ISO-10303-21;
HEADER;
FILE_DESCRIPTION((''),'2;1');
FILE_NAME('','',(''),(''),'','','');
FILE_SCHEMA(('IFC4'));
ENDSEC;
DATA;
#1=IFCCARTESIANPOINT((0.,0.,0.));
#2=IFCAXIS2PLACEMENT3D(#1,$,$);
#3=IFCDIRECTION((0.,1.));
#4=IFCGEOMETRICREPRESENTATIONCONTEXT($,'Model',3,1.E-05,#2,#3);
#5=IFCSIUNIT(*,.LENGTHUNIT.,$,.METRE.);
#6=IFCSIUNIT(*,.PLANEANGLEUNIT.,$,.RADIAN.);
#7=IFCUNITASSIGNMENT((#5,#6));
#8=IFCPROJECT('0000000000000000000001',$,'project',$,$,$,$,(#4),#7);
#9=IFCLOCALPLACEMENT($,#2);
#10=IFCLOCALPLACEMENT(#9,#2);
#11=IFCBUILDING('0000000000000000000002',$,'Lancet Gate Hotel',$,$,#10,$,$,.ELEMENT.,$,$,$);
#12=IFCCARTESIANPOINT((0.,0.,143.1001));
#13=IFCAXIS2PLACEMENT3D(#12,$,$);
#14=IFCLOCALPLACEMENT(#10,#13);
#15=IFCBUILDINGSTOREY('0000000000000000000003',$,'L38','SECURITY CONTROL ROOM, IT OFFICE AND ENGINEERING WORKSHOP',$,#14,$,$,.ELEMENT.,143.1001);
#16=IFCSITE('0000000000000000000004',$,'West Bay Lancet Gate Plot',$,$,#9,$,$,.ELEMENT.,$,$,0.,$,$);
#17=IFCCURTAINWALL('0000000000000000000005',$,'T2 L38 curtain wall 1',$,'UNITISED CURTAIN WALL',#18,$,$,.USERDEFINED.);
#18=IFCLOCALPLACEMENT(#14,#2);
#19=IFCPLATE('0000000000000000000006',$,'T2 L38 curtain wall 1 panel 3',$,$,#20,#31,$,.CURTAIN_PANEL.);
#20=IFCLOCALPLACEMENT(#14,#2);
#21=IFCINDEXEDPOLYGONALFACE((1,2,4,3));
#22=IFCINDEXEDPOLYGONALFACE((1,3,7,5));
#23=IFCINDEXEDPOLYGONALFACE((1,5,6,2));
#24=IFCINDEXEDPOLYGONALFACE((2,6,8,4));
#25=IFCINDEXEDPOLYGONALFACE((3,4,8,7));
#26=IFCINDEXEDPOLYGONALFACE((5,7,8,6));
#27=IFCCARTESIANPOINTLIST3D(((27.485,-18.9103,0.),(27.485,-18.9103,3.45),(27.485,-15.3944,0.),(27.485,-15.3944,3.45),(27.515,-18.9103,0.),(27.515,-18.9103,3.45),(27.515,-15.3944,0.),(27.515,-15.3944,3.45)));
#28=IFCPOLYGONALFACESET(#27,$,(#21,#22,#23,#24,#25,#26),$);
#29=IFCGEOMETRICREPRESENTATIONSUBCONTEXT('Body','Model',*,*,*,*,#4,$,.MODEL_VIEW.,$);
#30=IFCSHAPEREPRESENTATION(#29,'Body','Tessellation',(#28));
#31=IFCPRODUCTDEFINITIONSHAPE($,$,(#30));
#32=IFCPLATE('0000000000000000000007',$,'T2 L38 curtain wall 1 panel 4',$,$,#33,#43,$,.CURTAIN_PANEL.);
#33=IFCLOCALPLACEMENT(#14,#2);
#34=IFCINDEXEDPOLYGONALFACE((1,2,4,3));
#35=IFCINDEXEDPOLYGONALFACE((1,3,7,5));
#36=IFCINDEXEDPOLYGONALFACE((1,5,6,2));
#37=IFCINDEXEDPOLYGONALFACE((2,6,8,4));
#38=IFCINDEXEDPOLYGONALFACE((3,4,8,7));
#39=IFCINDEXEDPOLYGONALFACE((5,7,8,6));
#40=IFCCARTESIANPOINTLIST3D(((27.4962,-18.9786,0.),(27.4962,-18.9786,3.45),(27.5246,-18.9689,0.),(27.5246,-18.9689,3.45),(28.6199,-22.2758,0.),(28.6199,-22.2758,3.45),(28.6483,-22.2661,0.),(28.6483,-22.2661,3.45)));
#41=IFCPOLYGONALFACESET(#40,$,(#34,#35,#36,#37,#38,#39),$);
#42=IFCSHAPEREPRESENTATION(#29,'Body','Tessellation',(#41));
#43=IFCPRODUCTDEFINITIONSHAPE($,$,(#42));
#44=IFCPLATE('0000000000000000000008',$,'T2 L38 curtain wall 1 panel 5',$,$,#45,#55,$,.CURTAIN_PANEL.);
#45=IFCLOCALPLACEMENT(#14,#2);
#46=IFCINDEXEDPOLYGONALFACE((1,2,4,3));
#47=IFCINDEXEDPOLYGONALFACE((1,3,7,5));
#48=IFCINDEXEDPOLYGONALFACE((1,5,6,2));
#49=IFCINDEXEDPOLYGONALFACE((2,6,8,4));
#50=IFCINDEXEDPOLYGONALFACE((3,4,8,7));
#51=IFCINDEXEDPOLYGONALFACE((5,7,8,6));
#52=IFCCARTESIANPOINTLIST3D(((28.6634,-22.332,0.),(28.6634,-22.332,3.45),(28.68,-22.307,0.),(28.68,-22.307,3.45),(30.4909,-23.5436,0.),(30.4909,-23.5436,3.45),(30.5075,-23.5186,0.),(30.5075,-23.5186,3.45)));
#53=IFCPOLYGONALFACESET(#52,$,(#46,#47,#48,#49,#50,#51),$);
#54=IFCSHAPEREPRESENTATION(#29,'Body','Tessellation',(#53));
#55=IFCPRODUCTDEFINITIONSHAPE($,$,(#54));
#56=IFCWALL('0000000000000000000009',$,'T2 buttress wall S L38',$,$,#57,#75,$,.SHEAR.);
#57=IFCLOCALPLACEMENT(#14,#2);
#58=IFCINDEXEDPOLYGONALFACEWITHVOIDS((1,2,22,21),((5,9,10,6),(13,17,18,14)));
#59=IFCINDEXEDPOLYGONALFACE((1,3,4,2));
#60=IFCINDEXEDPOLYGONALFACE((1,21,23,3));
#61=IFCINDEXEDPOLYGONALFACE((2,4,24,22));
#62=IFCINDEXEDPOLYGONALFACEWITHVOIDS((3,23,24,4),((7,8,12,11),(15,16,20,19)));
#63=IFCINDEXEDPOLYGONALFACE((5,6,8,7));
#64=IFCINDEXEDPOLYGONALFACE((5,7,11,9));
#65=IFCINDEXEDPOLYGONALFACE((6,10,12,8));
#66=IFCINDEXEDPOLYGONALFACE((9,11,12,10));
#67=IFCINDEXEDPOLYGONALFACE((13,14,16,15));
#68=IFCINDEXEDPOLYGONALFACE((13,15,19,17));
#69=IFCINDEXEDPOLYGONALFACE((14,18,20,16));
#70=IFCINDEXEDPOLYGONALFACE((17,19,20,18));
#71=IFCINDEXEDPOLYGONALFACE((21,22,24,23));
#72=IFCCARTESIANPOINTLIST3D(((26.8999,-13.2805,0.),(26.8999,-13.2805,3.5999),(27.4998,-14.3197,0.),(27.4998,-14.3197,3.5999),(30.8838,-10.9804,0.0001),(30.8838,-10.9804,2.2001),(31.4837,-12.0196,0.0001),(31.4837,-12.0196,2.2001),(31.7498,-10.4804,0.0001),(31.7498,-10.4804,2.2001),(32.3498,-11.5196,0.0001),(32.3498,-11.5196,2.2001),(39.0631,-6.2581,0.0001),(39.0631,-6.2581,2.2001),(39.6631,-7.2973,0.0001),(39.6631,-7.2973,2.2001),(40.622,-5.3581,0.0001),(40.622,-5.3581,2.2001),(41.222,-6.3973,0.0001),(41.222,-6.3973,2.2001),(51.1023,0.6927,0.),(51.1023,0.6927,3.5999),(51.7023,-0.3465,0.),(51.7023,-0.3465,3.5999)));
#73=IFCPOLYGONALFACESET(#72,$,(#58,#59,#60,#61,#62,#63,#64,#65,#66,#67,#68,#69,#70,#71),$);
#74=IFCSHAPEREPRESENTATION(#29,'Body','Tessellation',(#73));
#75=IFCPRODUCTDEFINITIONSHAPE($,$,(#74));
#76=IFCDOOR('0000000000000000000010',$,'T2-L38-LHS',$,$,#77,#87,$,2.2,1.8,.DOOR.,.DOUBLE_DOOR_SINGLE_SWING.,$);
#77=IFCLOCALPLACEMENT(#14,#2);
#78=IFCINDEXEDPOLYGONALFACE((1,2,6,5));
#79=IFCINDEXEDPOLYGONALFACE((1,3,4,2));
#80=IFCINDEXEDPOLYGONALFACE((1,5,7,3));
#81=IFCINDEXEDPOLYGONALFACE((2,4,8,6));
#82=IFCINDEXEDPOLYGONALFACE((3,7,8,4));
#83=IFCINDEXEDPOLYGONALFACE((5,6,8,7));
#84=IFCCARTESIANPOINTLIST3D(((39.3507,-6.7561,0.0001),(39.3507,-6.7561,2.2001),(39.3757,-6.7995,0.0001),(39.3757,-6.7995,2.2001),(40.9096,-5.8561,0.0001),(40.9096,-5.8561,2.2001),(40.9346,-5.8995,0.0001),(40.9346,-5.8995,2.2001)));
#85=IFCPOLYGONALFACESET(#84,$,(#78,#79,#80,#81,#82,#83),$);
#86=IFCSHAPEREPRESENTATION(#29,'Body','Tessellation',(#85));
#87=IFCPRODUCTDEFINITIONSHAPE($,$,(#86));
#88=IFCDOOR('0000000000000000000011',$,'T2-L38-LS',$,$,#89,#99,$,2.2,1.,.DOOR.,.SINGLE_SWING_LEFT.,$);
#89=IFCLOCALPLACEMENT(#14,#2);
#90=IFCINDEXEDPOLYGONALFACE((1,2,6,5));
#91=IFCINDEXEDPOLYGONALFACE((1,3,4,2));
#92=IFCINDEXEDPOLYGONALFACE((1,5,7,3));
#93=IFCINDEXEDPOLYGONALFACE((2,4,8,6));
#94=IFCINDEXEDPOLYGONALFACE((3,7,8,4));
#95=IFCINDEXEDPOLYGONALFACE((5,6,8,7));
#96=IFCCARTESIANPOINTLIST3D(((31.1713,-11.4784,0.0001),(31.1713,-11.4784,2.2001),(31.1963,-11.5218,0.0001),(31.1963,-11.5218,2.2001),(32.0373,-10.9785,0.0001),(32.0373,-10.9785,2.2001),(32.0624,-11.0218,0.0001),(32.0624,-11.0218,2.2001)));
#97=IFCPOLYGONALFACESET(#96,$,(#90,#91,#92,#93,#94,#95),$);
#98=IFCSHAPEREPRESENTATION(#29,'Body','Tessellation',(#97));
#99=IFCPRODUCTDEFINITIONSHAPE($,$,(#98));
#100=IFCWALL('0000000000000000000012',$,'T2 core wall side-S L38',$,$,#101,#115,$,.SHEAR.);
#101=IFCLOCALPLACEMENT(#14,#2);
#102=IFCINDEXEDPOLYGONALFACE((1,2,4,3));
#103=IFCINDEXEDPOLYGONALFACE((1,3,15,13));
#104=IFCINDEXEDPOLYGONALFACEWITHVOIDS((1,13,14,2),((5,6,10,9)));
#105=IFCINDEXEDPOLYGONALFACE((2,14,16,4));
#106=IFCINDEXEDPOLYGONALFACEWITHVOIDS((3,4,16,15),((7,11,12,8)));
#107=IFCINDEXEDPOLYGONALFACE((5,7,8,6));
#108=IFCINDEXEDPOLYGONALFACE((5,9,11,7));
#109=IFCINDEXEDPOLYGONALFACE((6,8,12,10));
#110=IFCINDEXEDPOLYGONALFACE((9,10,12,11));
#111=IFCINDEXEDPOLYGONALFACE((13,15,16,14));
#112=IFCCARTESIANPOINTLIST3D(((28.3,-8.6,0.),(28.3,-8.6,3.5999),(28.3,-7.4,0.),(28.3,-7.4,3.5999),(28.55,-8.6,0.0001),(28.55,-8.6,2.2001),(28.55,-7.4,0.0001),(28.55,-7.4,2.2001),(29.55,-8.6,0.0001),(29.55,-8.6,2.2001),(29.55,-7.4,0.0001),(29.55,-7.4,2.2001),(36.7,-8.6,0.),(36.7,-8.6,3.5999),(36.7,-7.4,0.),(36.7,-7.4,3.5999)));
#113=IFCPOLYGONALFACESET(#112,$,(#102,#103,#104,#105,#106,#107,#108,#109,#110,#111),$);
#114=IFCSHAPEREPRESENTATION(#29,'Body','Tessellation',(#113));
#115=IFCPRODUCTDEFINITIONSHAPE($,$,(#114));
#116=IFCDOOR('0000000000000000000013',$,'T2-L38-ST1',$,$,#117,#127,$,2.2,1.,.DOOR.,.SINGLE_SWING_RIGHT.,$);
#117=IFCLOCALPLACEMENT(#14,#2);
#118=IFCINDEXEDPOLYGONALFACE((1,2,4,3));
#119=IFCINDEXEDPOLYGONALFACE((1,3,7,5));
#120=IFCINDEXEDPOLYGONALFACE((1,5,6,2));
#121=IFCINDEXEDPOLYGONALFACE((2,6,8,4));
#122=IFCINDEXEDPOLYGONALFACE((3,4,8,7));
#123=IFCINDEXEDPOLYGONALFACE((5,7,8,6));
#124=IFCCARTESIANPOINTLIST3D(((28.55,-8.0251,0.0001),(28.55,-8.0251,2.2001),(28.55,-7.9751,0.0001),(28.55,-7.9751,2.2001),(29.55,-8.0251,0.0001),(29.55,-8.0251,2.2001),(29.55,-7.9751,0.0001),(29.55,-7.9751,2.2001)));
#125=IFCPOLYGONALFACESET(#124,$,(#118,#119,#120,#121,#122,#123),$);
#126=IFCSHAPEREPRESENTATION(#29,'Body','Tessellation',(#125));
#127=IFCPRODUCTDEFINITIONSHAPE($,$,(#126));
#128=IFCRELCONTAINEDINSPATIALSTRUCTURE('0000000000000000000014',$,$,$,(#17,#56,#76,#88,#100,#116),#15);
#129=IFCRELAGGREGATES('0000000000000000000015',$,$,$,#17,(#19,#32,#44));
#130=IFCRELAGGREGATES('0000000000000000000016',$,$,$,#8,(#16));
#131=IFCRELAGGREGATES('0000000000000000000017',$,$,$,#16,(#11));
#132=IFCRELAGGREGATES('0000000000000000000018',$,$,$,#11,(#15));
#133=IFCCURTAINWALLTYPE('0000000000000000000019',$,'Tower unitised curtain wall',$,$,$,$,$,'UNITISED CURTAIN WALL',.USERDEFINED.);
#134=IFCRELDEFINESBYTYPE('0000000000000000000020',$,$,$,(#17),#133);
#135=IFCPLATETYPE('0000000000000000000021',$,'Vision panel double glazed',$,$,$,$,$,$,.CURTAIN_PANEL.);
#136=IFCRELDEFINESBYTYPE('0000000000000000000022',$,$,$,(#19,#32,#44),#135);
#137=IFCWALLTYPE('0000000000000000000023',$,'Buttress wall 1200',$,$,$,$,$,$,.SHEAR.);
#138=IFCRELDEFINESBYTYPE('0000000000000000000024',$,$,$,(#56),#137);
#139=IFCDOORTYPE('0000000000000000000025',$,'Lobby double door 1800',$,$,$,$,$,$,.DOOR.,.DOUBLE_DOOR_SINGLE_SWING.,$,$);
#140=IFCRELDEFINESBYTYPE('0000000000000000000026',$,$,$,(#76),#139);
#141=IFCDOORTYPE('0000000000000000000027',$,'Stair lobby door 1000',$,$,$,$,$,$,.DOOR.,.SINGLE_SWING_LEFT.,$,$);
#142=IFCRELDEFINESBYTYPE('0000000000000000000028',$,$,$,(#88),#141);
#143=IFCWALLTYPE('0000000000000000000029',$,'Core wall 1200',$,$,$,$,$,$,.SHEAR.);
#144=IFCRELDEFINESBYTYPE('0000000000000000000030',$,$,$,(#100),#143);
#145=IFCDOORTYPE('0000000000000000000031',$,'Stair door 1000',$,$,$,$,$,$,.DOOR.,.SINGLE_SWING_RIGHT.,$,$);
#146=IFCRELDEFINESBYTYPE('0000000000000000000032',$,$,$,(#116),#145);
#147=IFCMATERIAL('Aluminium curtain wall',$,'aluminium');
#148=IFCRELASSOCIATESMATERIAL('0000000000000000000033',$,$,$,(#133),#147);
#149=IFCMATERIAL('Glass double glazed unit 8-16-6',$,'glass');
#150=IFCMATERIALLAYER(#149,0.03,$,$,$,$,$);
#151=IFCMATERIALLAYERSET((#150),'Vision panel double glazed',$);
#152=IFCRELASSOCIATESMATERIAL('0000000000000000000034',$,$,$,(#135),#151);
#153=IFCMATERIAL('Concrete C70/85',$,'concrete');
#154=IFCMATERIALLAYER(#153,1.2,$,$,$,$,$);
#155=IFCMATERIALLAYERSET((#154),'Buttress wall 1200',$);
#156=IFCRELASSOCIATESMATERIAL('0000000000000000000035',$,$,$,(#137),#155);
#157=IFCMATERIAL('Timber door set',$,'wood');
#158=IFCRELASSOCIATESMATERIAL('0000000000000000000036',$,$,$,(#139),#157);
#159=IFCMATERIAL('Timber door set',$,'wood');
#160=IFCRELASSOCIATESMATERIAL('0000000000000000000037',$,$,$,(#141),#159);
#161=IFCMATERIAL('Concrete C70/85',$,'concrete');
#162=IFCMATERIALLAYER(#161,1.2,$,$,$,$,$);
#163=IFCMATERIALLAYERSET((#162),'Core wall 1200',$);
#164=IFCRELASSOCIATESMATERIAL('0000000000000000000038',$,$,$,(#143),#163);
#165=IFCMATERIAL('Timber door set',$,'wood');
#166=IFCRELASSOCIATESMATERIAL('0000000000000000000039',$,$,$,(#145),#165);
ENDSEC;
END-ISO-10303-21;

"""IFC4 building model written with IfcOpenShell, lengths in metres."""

from ifc_helpers import new_model, si_unit, direction, frame, frame_2d, origin, origin_2d, place, context, subcontext, project, spatial, rectangle, extrude, material, layer, layer_set, type_object, element, fill, aggregate, save


model = new_model("IFC4")

# Units and contexts
model_context = context("Model", 3, precision=1e-05, world=origin(), true_north=direction((0.0, 1.0)))
body_context = subcontext(model_context, "Body", "Model", "MODEL_VIEW")
ifc_project = project(units=[si_unit("LENGTHUNIT", "METRE"), si_unit("PLANEANGLEUNIT", "RADIAN")], contexts=[model_context])

# Site, building, storey
site_placement = place(None, origin())
site = spatial("IfcSite", under=ifc_project, at=site_placement, Name="West Bay Lancet Gate Plot", CompositionType="ELEMENT", RefElevation=0.0)
building_placement = place(site_placement, origin())
building = spatial("IfcBuilding", under=site, at=building_placement, Name="Lancet Gate Hotel", CompositionType="ELEMENT")
storey_placement = place(building_placement, frame((0.0, 0.0, 143.1001)))
storey = spatial("IfcBuildingStorey", under=building, at=storey_placement, Name="L38", Description="SECURITY CONTROL ROOM, IT OFFICE AND ENGINEERING WORKSHOP", CompositionType="ELEMENT", Elevation=143.1001)

# Curtain wall
ifc_material_1 = material(Name="Aluminium curtain wall", Category="aluminium")
curtain_wall_type = type_object("IfcCurtainWallType", Name="Tower unitised curtain wall", ElementType="UNITISED CURTAIN WALL", PredefinedType="USERDEFINED", material=ifc_material_1)
curtain_wall_placement = place(storey_placement, origin())
curtain_wall = element("IfcCurtainWall", 1, at=curtain_wall_placement, inside=storey, type_object=curtain_wall_type, Name="T2 L38 curtain wall 1", ObjectType="UNITISED CURTAIN WALL", PredefinedType="USERDEFINED")

# Plates
ifc_material_2 = material(Name="Glass double glazed unit 8-16-6", Category="glass")
ifc_layer_1 = layer(ifc_material_2, 0.03)
ifc_layer_set_1 = layer_set([ifc_layer_1], Name="Vision panel double glazed")
plate_type = type_object("IfcPlateType", Name="Vision panel double glazed", PredefinedType="CURTAIN_PANEL", material=ifc_layer_set_1)
plate_1_placement = place(storey_placement, frame((27.5, -17.1523, 0.0), z_axis=(0.0, 0.0, 1.0), x_axis=(0.0, -1.0, 0.0)))
plate_1 = element("IfcPlate", 2, at=plate_1_placement, type_object=plate_type, Name="T2 L38 curtain wall 1 panel 3", PredefinedType="CURTAIN_PANEL", context=body_context, shape_type="SweptSolid", body=[
    extrude(rectangle(XDim=3.5159, YDim=0.03, at=origin_2d()), origin(), (0.0, 0.0, 1.0), 3.45),
])
plate_2_placement = place(storey_placement, frame((28.0723, -20.6223, 0.0), z_axis=(0.0, 0.0, 1.0), x_axis=(0.322576, -0.946544, 0.0)))
plate_2 = element("IfcPlate", 3, at=plate_2_placement, type_object=plate_type, Name="T2 L38 curtain wall 1 panel 4", PredefinedType="CURTAIN_PANEL", context=body_context, shape_type="SweptSolid", body=[
    extrude(rectangle(XDim=3.4834, YDim=0.03, at=origin_2d()), origin(), (0.0, 0.0, 1.0), 3.45),
])
plate_3_placement = place(storey_placement, frame((29.5854, -22.9253, 0.0), z_axis=(0.0, 0.0, 1.0), x_axis=(0.833465, -0.552573, 0.0)))
plate_3 = element("IfcPlate", 4, at=plate_3_placement, type_object=plate_type, Name="T2 L38 curtain wall 1 panel 5", PredefinedType="CURTAIN_PANEL", context=body_context, shape_type="SweptSolid", body=[
    extrude(rectangle(XDim=2.1926, YDim=0.03, at=origin_2d()), origin(), (0.0, 0.0, 1.0), 3.45),
])
aggregate(curtain_wall, [plate_1, plate_2, plate_3])

# Wall, openings, doors
ifc_material_3 = material(Name="Concrete C70/85", Category="concrete")
ifc_layer_2 = layer(ifc_material_3, 1.2)
ifc_layer_set_2 = layer_set([ifc_layer_2], Name="Buttress wall 1200")
wall_type_1 = type_object("IfcWallType", Name="Buttress wall 1200", PredefinedType="SHEAR", material=ifc_layer_set_2)
wall_1_placement = place(storey_placement, frame((27.2, -13.8, 0.0), z_axis=(0.0, 0.0, 1.0), x_axis=(0.866027, 0.499997, 0.0)))
wall_1 = element("IfcWall", 5, at=wall_1_placement, inside=storey, type_object=wall_type_1, Name="T2 buttress wall S L38", PredefinedType="SHEAR", context=body_context, shape_type="SweptSolid", body=[
    extrude(rectangle(XDim=27.9465, YDim=1.2, at=frame_2d((13.9731, 0.0))), origin(), (0.0, 0.0, 1.0), 3.5999),
])
opening_1_placement = place(wall_1_placement, frame((4.6001, 0.0, 0.0)))
opening_1 = element("IfcOpeningElement", 6, at=opening_1_placement, cuts=wall_1, PredefinedType="OPENING", context=body_context, shape_type="SweptSolid", body=[
    extrude(rectangle(XDim=1.0, YDim=2.2, at=frame_2d((0.5, 1.1001))), frame((0.0, 0.6099, 0.0), z_axis=(0.0, -1.0, 0.0), x_axis=(1.0, 0.0, 0.0)), (0.0, 0.0, 1.0), 1.22),
])
opening_2_placement = place(wall_1_placement, frame((14.0449, 0.0, 0.0)))
opening_2 = element("IfcOpeningElement", 7, at=opening_2_placement, cuts=wall_1, PredefinedType="OPENING", context=body_context, shape_type="SweptSolid", body=[
    extrude(rectangle(XDim=1.8, YDim=2.2, at=frame_2d((0.8999, 1.1001))), frame((0.0, 0.6099, 0.0), z_axis=(0.0, -1.0, 0.0), x_axis=(1.0, 0.0, 0.0)), (0.0, 0.0, 1.0), 1.22),
])
ifc_material_4 = material(Name="Timber door set", Category="wood")
door_type_1 = type_object("IfcDoorType", Name="Lobby double door 1800", OperationType="DOUBLE_DOOR_SINGLE_SWING", PredefinedType="DOOR", material=ifc_material_4)
door_1_placement = place(opening_2_placement, origin())
door_1 = element("IfcDoor", 8, at=door_1_placement, inside=storey, type_object=door_type_1, Name="T2-L38-LHS", OperationType="DOUBLE_DOOR_SINGLE_SWING", OverallHeight=2.2, OverallWidth=1.8, PredefinedType="DOOR", context=body_context, shape_type="SweptSolid", body=[
    extrude(rectangle(XDim=1.8, YDim=2.2, at=frame_2d((0.8999, 1.1001))), frame((0.0, 0.0249, 0.0), z_axis=(0.0, -1.0, 0.0), x_axis=(1.0, 0.0, 0.0)), (0.0, 0.0, 1.0), 0.05),
])
fill(opening_2, door_1)
ifc_material_5 = material(Name="Timber door set", Category="wood")
door_type_2 = type_object("IfcDoorType", Name="Stair lobby door 1000", OperationType="SINGLE_SWING_LEFT", PredefinedType="DOOR", material=ifc_material_5)
door_2_placement = place(opening_1_placement, origin())
door_2 = element("IfcDoor", 9, at=door_2_placement, inside=storey, type_object=door_type_2, Name="T2-L38-LS", OperationType="SINGLE_SWING_LEFT", OverallHeight=2.2, OverallWidth=1.0, PredefinedType="DOOR", context=body_context, shape_type="SweptSolid", body=[
    extrude(rectangle(XDim=1.0, YDim=2.2, at=frame_2d((0.5, 1.1001))), frame((0.0, 0.0249, 0.0), z_axis=(0.0, -1.0, 0.0), x_axis=(1.0, 0.0, 0.0)), (0.0, 0.0, 1.0), 0.05),
])
fill(opening_1, door_2)

# Wall, opening, door
ifc_material_6 = material(Name="Concrete C70/85", Category="concrete")
ifc_layer_3 = layer(ifc_material_6, 1.2)
ifc_layer_set_3 = layer_set([ifc_layer_3], Name="Core wall 1200")
wall_type_2 = type_object("IfcWallType", Name="Core wall 1200", PredefinedType="SHEAR", material=ifc_layer_set_3)
wall_2_placement = place(storey_placement, frame((28.3, -8.0, 0.0), z_axis=(0.0, 0.0, 1.0), x_axis=(1.0, 0.0, 0.0)))
wall_2 = element("IfcWall", 10, at=wall_2_placement, inside=storey, type_object=wall_type_2, Name="T2 core wall side-S L38", PredefinedType="SHEAR", context=body_context, shape_type="SweptSolid", body=[
    extrude(rectangle(XDim=8.3999, YDim=1.2, at=frame_2d((4.2, 0.0))), origin(), (0.0, 0.0, 1.0), 3.5999),
])
opening_3_placement = place(wall_2_placement, frame((0.25, 0.0, 0.0)))
opening_3 = element("IfcOpeningElement", 11, at=opening_3_placement, cuts=wall_2, PredefinedType="OPENING", context=body_context, shape_type="SweptSolid", body=[
    extrude(rectangle(XDim=1.0, YDim=2.2, at=frame_2d((0.5, 1.1001))), frame((0.0, 0.6099, 0.0), z_axis=(0.0, -1.0, 0.0), x_axis=(1.0, 0.0, 0.0)), (0.0, 0.0, 1.0), 1.22),
])
ifc_material_7 = material(Name="Timber door set", Category="wood")
door_type_3 = type_object("IfcDoorType", Name="Stair door 1000", OperationType="SINGLE_SWING_RIGHT", PredefinedType="DOOR", material=ifc_material_7)
door_3_placement = place(opening_3_placement, origin())
door_3 = element("IfcDoor", 12, at=door_3_placement, inside=storey, type_object=door_type_3, Name="T2-L38-ST1", OperationType="SINGLE_SWING_RIGHT", OverallHeight=2.2, OverallWidth=1.0, PredefinedType="DOOR", context=body_context, shape_type="SweptSolid", body=[
    extrude(rectangle(XDim=1.0, YDim=2.2, at=frame_2d((0.5, 1.1001))), frame((0.0, 0.0249, 0.0), z_axis=(0.0, -1.0, 0.0), x_axis=(1.0, 0.0, 0.0)), (0.0, 0.0, 1.0), 0.05),
])
fill(opening_3, door_3)

save(model, "model.ifc")
